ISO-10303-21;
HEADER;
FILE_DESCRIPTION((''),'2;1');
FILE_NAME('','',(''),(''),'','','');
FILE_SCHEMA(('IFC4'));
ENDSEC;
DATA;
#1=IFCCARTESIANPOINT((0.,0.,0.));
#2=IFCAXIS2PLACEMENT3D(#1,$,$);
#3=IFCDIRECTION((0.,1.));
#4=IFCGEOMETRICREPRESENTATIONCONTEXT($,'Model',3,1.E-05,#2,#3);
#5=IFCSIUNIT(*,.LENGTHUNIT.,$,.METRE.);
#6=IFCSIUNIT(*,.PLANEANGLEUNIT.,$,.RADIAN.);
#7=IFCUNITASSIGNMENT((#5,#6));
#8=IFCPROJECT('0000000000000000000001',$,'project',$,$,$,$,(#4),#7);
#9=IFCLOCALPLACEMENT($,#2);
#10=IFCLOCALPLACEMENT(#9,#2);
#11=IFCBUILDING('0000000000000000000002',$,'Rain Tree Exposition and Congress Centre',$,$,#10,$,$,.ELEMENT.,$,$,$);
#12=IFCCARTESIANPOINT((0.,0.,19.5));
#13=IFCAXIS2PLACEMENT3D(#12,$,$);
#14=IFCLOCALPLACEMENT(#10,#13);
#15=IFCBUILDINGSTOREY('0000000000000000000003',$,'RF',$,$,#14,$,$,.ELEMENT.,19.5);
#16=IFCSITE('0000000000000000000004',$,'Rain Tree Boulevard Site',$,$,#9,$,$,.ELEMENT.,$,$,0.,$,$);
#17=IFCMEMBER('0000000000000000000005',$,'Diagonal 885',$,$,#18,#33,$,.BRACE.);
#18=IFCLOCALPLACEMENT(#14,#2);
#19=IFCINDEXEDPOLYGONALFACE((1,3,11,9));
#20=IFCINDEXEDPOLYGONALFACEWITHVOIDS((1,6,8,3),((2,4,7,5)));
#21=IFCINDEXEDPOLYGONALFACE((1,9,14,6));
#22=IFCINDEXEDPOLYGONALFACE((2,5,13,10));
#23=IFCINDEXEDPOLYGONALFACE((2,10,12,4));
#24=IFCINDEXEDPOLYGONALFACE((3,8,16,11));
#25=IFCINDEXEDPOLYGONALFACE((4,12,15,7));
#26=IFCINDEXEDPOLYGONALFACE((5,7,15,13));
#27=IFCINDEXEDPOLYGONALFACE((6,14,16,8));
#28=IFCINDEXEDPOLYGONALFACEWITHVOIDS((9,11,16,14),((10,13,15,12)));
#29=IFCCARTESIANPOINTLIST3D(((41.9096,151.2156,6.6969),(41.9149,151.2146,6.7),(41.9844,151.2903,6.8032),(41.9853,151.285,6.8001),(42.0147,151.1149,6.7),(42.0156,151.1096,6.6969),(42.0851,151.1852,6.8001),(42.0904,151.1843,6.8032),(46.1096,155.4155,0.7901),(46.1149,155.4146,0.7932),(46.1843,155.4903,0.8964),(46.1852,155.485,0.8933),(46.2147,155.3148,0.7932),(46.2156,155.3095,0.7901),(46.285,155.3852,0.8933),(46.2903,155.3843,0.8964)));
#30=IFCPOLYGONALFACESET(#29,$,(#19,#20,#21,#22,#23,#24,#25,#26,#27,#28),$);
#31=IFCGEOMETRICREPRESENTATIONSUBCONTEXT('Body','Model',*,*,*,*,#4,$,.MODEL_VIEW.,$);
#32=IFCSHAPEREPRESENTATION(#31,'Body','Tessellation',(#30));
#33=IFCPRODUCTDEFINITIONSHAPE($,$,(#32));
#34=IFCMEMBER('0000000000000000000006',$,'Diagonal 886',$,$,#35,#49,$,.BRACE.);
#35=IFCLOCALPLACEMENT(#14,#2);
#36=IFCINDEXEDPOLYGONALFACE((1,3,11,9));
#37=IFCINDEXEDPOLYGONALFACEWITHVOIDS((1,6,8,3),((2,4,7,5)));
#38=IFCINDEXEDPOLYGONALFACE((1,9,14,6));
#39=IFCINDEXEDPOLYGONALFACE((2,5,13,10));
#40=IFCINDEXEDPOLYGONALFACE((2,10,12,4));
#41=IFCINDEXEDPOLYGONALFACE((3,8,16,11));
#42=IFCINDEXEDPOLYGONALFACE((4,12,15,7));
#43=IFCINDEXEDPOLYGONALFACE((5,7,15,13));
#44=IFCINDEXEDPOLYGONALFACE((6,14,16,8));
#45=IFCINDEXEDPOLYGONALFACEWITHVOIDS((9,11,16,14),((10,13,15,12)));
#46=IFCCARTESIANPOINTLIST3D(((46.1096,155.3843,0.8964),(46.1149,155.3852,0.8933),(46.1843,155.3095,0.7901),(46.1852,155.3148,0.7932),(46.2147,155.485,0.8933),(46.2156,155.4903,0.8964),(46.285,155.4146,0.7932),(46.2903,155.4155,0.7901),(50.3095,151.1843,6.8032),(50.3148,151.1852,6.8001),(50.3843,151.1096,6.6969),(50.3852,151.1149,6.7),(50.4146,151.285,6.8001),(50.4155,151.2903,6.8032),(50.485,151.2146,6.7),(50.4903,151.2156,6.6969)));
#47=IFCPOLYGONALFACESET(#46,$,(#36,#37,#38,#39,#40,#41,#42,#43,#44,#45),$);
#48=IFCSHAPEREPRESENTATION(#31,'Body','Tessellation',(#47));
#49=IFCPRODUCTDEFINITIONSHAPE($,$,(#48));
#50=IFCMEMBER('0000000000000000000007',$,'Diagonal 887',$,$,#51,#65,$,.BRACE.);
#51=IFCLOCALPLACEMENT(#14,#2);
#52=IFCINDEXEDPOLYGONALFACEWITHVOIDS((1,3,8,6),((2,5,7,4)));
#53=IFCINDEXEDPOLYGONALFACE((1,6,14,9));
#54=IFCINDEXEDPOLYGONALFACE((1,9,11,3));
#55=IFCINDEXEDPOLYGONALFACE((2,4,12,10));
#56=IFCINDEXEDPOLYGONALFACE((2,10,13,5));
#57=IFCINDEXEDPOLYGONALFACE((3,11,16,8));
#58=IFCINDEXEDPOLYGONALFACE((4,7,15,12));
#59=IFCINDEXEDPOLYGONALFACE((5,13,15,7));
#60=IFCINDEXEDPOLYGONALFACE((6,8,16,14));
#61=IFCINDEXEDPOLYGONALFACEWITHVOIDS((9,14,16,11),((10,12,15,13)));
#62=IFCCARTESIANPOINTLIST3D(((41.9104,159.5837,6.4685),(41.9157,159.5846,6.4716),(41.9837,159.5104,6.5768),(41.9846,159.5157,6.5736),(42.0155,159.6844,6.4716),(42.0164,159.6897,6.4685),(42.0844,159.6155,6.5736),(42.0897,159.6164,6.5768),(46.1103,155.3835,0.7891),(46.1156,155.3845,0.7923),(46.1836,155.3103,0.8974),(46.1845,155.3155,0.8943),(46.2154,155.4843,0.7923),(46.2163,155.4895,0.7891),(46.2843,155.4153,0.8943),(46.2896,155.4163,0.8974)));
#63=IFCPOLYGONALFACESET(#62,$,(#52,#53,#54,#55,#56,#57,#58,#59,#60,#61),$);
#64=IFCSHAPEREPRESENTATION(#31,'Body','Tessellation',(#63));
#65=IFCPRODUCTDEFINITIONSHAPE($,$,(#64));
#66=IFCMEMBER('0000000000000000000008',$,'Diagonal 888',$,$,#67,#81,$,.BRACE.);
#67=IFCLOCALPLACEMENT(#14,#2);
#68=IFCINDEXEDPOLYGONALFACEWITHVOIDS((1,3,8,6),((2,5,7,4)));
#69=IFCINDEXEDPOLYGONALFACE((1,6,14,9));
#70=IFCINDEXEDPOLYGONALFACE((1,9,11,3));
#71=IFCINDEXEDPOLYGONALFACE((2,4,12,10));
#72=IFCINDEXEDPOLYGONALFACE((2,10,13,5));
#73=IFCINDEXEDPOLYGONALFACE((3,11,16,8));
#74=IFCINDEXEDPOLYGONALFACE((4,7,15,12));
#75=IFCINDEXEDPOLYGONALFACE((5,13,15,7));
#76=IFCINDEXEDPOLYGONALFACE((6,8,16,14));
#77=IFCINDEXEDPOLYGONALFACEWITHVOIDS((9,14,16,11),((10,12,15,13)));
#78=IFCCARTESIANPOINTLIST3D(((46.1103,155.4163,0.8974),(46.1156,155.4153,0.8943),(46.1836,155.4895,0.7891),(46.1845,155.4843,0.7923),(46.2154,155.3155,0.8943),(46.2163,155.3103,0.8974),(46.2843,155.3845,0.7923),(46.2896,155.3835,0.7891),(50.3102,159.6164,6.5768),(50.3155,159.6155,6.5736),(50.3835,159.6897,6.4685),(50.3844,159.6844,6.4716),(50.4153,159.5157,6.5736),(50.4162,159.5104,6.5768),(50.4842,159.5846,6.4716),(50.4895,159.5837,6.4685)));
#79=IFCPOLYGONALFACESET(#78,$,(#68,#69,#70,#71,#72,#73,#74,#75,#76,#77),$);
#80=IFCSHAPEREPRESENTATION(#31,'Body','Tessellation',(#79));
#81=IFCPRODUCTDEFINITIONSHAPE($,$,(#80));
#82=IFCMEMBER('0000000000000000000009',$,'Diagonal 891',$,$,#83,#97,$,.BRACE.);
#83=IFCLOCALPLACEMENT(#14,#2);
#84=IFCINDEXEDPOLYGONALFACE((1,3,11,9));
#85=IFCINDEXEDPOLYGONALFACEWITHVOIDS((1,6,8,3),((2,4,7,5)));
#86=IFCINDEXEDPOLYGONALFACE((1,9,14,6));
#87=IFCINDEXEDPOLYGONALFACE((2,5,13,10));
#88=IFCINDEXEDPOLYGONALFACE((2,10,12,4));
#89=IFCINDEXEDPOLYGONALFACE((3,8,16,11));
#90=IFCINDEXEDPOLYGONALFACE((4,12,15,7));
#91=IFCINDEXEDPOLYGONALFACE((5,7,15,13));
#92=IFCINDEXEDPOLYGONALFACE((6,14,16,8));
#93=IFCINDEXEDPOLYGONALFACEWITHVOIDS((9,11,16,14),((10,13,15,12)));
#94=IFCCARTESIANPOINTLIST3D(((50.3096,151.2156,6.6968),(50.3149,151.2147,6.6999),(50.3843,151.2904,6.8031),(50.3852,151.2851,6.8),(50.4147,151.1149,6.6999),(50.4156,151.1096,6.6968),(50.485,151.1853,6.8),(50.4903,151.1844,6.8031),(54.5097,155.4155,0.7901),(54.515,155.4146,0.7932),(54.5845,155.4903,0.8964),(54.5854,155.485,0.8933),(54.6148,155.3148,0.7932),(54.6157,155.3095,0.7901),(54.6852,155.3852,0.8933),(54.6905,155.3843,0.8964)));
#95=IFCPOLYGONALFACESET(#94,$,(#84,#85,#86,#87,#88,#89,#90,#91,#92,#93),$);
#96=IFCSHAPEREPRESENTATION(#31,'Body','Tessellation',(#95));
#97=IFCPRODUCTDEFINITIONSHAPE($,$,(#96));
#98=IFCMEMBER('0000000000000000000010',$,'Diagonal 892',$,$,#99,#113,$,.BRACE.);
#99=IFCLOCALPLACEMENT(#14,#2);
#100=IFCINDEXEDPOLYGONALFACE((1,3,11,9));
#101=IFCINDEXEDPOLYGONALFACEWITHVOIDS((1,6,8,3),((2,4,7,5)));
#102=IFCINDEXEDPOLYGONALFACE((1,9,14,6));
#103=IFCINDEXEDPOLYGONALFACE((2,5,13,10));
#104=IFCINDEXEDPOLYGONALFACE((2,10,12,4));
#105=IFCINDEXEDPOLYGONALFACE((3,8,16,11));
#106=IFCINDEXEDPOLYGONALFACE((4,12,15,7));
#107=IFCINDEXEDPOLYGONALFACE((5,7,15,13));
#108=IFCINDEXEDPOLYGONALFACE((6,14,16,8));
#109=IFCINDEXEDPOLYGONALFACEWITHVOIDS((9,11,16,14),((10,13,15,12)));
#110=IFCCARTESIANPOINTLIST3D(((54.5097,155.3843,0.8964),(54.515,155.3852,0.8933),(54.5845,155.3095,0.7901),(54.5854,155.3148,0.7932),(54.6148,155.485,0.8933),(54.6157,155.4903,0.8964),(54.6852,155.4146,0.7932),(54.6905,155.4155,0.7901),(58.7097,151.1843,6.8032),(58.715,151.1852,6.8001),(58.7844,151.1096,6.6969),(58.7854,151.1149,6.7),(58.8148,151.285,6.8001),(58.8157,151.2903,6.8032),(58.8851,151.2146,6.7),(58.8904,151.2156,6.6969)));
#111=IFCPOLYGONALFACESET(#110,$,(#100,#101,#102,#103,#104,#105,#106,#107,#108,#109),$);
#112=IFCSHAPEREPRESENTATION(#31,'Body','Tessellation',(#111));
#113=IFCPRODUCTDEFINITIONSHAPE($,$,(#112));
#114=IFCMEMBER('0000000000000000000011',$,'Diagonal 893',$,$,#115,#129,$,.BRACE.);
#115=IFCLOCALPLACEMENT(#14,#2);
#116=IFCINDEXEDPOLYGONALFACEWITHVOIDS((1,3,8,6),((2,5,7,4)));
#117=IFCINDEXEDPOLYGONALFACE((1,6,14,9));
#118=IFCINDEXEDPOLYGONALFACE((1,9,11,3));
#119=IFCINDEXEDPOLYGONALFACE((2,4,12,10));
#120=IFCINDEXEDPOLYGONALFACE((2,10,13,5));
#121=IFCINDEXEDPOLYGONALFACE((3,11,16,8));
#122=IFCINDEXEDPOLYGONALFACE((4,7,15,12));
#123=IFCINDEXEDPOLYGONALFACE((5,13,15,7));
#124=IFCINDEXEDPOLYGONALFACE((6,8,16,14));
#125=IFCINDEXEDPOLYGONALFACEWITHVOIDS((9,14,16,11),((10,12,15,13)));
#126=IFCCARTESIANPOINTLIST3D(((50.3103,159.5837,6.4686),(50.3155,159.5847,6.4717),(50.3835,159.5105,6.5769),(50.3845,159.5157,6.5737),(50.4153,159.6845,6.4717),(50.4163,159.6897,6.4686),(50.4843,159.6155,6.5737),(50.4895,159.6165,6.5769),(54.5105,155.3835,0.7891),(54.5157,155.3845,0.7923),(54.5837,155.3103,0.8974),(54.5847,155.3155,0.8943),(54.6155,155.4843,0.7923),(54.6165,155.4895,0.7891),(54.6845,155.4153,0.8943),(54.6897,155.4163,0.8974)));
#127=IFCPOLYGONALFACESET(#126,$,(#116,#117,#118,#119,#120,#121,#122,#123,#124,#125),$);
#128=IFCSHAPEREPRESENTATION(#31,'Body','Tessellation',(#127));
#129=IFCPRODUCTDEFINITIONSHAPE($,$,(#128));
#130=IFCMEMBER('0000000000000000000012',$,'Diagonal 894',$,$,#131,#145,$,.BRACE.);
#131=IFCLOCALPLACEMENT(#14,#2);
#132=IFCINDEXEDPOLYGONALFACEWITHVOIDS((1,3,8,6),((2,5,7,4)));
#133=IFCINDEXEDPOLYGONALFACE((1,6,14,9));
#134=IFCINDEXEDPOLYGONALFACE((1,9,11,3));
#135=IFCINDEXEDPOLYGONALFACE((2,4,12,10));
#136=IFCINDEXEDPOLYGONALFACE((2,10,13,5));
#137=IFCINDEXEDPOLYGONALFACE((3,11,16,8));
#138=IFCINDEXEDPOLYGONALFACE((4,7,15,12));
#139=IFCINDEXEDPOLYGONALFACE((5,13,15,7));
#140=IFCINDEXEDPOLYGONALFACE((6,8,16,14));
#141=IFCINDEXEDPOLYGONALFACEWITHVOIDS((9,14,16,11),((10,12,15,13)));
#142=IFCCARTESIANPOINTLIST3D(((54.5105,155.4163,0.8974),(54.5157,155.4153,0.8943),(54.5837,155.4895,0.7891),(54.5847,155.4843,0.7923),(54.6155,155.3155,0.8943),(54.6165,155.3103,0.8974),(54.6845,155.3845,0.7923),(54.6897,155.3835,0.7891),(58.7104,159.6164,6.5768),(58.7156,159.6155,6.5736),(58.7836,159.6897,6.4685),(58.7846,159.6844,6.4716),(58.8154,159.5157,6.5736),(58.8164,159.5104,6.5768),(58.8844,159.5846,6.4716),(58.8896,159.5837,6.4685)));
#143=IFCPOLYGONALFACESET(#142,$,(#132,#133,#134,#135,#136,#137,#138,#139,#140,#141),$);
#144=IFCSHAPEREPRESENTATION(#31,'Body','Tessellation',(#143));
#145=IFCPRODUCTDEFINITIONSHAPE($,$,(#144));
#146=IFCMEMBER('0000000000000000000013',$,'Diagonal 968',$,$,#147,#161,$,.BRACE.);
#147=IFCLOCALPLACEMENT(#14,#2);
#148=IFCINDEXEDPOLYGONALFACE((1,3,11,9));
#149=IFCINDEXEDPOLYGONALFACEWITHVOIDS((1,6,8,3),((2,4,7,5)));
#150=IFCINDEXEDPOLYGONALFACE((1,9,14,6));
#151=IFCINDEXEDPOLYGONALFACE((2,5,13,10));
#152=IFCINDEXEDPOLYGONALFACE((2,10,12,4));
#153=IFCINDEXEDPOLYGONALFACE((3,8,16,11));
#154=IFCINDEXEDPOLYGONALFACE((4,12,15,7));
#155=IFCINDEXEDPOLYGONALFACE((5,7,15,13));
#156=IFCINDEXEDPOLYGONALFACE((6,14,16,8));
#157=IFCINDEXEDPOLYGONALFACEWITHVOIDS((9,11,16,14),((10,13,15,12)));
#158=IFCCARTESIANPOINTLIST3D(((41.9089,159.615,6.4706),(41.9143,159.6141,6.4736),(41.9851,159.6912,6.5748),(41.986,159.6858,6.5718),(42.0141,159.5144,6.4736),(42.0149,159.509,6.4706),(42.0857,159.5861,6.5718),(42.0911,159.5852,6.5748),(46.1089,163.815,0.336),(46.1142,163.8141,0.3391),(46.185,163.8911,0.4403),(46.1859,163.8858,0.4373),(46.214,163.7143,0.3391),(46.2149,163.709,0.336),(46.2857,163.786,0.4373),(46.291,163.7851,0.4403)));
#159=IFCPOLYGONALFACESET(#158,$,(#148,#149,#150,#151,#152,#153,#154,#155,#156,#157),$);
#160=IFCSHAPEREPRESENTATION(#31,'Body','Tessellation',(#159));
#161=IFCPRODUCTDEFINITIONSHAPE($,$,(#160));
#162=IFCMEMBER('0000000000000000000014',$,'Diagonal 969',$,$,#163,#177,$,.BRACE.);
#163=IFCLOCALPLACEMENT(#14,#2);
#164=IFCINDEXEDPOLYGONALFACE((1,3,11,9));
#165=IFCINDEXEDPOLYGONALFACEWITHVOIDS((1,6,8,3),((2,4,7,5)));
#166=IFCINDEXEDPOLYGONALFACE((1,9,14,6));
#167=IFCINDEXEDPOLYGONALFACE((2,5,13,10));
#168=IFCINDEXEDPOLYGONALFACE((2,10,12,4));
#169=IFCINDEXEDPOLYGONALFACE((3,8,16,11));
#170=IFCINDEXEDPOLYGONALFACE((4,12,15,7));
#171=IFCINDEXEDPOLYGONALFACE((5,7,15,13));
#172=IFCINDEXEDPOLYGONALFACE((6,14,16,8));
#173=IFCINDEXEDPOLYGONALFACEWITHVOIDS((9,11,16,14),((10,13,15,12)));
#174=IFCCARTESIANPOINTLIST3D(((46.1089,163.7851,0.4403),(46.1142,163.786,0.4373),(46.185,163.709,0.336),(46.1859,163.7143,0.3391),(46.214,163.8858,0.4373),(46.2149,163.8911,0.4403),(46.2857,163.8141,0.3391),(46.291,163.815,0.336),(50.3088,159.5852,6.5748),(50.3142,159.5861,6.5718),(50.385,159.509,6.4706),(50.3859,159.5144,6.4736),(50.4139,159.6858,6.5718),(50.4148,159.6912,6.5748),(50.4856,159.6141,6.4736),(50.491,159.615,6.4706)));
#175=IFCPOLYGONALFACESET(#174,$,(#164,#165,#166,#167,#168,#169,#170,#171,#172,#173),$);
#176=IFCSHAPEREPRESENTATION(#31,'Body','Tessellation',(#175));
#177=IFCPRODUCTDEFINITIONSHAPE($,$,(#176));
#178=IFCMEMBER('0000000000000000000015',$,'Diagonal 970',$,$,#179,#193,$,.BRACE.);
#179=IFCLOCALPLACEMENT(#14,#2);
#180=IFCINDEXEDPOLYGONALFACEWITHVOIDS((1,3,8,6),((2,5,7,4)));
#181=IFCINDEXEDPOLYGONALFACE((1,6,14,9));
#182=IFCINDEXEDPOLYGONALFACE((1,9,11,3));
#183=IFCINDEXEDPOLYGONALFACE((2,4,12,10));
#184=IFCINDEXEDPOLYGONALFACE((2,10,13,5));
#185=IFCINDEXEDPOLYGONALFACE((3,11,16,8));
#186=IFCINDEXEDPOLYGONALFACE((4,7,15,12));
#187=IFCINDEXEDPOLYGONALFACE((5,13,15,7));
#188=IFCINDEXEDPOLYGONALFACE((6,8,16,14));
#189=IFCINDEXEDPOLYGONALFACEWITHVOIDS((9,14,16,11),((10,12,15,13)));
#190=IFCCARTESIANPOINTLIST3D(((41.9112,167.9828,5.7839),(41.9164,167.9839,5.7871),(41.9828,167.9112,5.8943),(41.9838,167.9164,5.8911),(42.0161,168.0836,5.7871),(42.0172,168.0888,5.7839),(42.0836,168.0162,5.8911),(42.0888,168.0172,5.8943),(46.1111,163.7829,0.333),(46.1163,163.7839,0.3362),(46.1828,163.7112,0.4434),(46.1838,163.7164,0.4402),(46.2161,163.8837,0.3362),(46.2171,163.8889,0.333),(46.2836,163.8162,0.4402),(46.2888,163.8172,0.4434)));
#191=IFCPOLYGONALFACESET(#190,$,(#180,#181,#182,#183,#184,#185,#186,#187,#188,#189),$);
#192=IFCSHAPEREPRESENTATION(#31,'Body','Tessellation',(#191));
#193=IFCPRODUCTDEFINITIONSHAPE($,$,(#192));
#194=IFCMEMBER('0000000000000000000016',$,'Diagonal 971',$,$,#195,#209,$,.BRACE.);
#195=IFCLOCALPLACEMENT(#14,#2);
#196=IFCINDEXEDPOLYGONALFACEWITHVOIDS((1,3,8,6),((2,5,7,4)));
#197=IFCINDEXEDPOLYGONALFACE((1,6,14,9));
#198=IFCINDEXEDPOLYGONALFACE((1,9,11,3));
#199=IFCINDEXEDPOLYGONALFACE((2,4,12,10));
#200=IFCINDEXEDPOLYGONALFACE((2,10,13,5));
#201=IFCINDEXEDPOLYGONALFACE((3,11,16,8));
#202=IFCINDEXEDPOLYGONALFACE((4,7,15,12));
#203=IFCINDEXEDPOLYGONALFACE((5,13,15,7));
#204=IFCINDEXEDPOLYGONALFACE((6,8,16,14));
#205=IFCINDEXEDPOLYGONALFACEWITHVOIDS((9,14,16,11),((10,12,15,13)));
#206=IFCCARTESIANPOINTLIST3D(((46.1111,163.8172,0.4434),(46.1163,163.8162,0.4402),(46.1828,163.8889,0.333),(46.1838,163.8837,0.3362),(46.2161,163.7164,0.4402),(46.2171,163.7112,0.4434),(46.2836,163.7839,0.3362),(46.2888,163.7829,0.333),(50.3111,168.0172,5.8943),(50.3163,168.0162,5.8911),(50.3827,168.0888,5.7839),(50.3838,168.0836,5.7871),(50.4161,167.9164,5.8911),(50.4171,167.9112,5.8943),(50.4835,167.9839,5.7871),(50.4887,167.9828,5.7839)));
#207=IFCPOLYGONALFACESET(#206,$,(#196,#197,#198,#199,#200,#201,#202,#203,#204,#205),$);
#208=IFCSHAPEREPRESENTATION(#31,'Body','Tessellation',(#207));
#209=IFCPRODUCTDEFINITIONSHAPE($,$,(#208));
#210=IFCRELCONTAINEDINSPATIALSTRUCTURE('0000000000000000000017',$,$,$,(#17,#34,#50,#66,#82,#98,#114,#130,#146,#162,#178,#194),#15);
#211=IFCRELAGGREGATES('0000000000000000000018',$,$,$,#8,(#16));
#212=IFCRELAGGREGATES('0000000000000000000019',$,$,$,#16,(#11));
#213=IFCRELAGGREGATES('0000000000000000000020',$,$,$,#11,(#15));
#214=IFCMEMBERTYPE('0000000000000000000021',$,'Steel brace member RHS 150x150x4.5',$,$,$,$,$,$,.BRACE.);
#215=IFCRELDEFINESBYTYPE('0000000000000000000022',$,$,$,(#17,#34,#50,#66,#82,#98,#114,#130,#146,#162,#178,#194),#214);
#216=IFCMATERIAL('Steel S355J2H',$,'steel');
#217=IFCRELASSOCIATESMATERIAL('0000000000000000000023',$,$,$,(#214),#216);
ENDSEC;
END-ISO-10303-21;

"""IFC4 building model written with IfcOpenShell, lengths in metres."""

from ifc_helpers import new_model, si_unit, direction, frame, origin, origin_2d, place, context, subcontext, project, spatial, hollow_rectangle, extrude, material, material_profile, profile_set, type_object, element, save


model = new_model("IFC4")

# Units and contexts
model_context = context("Model", 3, precision=1e-05, world=origin(), true_north=direction((0.0, 1.0)))
body_context = subcontext(model_context, "Body", "Model", "MODEL_VIEW")
ifc_project = project(units=[si_unit("LENGTHUNIT", "METRE"), si_unit("PLANEANGLEUNIT", "RADIAN")], contexts=[model_context])

# Site, building, storey
site_placement = place(None, origin())
site = spatial("IfcSite", under=ifc_project, at=site_placement, Name="Rain Tree Boulevard Site", CompositionType="ELEMENT", RefElevation=0.0)
building_placement = place(site_placement, origin())
building = spatial("IfcBuilding", under=site, at=building_placement, Name="Rain Tree Exposition and Congress Centre", CompositionType="ELEMENT")
storey_placement = place(building_placement, frame((0.0, 0.0, 19.5)))
storey = spatial("IfcBuildingStorey", under=building, at=storey_placement, Name="RF", CompositionType="ELEMENT", Elevation=19.5)

# Members
ifc_material_1 = material(Name="Steel S355J2H", Category="steel")
ifc_material_profile_1 = material_profile(ifc_material_1, hollow_rectangle(XDim=0.1499, YDim=0.1499, WallThickness=0.0044, at=origin_2d()), Name="RHS 150x150x4.5")
ifc_profile_set_1 = profile_set([ifc_material_profile_1], Name="Steel S355J2H")
member_type_1 = type_object("IfcMemberType", Name="Steel brace member RHS 150x150x4.5", PredefinedType="BRACE", material=ifc_profile_set_1)
for number, where, z_axis, x_axis, name in (
    (1, (46.2, 155.3999, 0.8433), (-0.501386, -0.501386, 0.705141), (0.707107, -0.707107, 0.0), "Diagonal 885"),
    (2, (46.2, 155.3999, 0.8433), (0.501386, -0.501386, 0.705141), (0.707107, 0.707107, 0.0), "Diagonal 886"),
):
    element("IfcMember", number, at=place(storey_placement, frame(where, z_axis=z_axis, x_axis=x_axis)), inside=storey, type_object=member_type_1, Name=name, PredefinedType="BRACE", context=body_context, shape_type="SweptSolid", body=[
        extrude(hollow_rectangle(XDim=0.1499, YDim=0.1499, WallThickness=0.0044, at=origin_2d()), origin(), (0.0, 0.0, 1.0), 8.3767),
    ])
for number, where, z_axis, x_axis, name in (
    (3, (46.2, 155.3999, 0.8433), (-0.511061, 0.51109, 0.691089), (-0.707127, -0.707086, 0.0), "Diagonal 887"),
    (4, (46.2, 155.3999, 0.8433), (0.511061, 0.51109, 0.691089), (-0.707127, 0.707086, 0.0), "Diagonal 888"),
):
    element("IfcMember", number, at=place(storey_placement, frame(where, z_axis=z_axis, x_axis=x_axis)), inside=storey, type_object=member_type_1, Name=name, PredefinedType="BRACE", context=body_context, shape_type="SweptSolid", body=[
        extrude(hollow_rectangle(XDim=0.1499, YDim=0.1499, WallThickness=0.0044, at=origin_2d()), origin(), (0.0, 0.0, 1.0), 8.218),
    ])
for number, where, z_axis, x_axis, name in (
    (5, (54.6001, 155.3999, 0.8433), (-0.501408, -0.501379, 0.705131), (0.707086, -0.707127, 0.0), "Diagonal 891"),
    (6, (54.6001, 155.3999, 0.8433), (0.501386, -0.501386, 0.705141), (0.707107, 0.707107, 0.0), "Diagonal 892"),
):
    element("IfcMember", number, at=place(storey_placement, frame(where, z_axis=z_axis, x_axis=x_axis)), inside=storey, type_object=member_type_1, Name=name, PredefinedType="BRACE", context=body_context, shape_type="SweptSolid", body=[
        extrude(hollow_rectangle(XDim=0.1499, YDim=0.1499, WallThickness=0.0044, at=origin_2d()), origin(), (0.0, 0.0, 1.0), 8.3767),
    ])
member_1_placement = place(storey_placement, frame((54.6001, 155.3999, 0.8433), z_axis=(-0.511083, 0.511083, 0.691078), x_axis=(-0.707107, -0.707107, 0.0)))
element("IfcMember", 7, at=member_1_placement, inside=storey, type_object=member_type_1, Name="Diagonal 893", PredefinedType="BRACE", context=body_context, shape_type="SweptSolid", body=[
    extrude(hollow_rectangle(XDim=0.1499, YDim=0.1499, WallThickness=0.0044, at=origin_2d()), origin(), (0.0, 0.0, 1.0), 8.2183),
])
member_2_placement = place(storey_placement, frame((54.6001, 155.3999, 0.8433), z_axis=(0.511061, 0.51109, 0.691089), x_axis=(-0.707127, 0.707086, 0.0)))
element("IfcMember", 8, at=member_2_placement, inside=storey, type_object=member_type_1, Name="Diagonal 894", PredefinedType="BRACE", context=body_context, shape_type="SweptSolid", body=[
    extrude(hollow_rectangle(XDim=0.1499, YDim=0.1499, WallThickness=0.0044, at=origin_2d()), origin(), (0.0, 0.0, 1.0), 8.218),
])
for number, where, z_axis, x_axis, name in (
    (9, (46.2, 163.8, 0.3882), (-0.491865, -0.491865, 0.718427), (0.707107, -0.707107, 0.0), "Diagonal 968"),
    (10, (46.2, 163.8, 0.3882), (0.491865, -0.491865, 0.718427), (0.707107, 0.707107, 0.0), "Diagonal 969"),
):
    element("IfcMember", number, at=place(storey_placement, frame(where, z_axis=z_axis, x_axis=x_axis)), inside=storey, type_object=member_type_1, Name=name, PredefinedType="BRACE", context=body_context, shape_type="SweptSolid", body=[
        extrude(hollow_rectangle(XDim=0.1499, YDim=0.1499, WallThickness=0.0044, at=origin_2d()), origin(), (0.0, 0.0, 1.0), 8.5388),
    ])
for number, where, z_axis, x_axis, name in (
    (11, (46.2, 163.8, 0.3882), (-0.520973, 0.520973, 0.676147), (-0.707107, -0.707107, 0.0), "Diagonal 970"),
    (12, (46.2, 163.8, 0.3882), (0.520973, 0.520973, 0.676147), (-0.707107, 0.707107, 0.0), "Diagonal 971"),
):
    element("IfcMember", number, at=place(storey_placement, frame(where, z_axis=z_axis, x_axis=x_axis)), inside=storey, type_object=member_type_1, Name=name, PredefinedType="BRACE", context=body_context, shape_type="SweptSolid", body=[
        extrude(hollow_rectangle(XDim=0.1499, YDim=0.1499, WallThickness=0.0044, at=origin_2d()), origin(), (0.0, 0.0, 1.0), 8.0618),
    ])

save(model, "model.ifc")
